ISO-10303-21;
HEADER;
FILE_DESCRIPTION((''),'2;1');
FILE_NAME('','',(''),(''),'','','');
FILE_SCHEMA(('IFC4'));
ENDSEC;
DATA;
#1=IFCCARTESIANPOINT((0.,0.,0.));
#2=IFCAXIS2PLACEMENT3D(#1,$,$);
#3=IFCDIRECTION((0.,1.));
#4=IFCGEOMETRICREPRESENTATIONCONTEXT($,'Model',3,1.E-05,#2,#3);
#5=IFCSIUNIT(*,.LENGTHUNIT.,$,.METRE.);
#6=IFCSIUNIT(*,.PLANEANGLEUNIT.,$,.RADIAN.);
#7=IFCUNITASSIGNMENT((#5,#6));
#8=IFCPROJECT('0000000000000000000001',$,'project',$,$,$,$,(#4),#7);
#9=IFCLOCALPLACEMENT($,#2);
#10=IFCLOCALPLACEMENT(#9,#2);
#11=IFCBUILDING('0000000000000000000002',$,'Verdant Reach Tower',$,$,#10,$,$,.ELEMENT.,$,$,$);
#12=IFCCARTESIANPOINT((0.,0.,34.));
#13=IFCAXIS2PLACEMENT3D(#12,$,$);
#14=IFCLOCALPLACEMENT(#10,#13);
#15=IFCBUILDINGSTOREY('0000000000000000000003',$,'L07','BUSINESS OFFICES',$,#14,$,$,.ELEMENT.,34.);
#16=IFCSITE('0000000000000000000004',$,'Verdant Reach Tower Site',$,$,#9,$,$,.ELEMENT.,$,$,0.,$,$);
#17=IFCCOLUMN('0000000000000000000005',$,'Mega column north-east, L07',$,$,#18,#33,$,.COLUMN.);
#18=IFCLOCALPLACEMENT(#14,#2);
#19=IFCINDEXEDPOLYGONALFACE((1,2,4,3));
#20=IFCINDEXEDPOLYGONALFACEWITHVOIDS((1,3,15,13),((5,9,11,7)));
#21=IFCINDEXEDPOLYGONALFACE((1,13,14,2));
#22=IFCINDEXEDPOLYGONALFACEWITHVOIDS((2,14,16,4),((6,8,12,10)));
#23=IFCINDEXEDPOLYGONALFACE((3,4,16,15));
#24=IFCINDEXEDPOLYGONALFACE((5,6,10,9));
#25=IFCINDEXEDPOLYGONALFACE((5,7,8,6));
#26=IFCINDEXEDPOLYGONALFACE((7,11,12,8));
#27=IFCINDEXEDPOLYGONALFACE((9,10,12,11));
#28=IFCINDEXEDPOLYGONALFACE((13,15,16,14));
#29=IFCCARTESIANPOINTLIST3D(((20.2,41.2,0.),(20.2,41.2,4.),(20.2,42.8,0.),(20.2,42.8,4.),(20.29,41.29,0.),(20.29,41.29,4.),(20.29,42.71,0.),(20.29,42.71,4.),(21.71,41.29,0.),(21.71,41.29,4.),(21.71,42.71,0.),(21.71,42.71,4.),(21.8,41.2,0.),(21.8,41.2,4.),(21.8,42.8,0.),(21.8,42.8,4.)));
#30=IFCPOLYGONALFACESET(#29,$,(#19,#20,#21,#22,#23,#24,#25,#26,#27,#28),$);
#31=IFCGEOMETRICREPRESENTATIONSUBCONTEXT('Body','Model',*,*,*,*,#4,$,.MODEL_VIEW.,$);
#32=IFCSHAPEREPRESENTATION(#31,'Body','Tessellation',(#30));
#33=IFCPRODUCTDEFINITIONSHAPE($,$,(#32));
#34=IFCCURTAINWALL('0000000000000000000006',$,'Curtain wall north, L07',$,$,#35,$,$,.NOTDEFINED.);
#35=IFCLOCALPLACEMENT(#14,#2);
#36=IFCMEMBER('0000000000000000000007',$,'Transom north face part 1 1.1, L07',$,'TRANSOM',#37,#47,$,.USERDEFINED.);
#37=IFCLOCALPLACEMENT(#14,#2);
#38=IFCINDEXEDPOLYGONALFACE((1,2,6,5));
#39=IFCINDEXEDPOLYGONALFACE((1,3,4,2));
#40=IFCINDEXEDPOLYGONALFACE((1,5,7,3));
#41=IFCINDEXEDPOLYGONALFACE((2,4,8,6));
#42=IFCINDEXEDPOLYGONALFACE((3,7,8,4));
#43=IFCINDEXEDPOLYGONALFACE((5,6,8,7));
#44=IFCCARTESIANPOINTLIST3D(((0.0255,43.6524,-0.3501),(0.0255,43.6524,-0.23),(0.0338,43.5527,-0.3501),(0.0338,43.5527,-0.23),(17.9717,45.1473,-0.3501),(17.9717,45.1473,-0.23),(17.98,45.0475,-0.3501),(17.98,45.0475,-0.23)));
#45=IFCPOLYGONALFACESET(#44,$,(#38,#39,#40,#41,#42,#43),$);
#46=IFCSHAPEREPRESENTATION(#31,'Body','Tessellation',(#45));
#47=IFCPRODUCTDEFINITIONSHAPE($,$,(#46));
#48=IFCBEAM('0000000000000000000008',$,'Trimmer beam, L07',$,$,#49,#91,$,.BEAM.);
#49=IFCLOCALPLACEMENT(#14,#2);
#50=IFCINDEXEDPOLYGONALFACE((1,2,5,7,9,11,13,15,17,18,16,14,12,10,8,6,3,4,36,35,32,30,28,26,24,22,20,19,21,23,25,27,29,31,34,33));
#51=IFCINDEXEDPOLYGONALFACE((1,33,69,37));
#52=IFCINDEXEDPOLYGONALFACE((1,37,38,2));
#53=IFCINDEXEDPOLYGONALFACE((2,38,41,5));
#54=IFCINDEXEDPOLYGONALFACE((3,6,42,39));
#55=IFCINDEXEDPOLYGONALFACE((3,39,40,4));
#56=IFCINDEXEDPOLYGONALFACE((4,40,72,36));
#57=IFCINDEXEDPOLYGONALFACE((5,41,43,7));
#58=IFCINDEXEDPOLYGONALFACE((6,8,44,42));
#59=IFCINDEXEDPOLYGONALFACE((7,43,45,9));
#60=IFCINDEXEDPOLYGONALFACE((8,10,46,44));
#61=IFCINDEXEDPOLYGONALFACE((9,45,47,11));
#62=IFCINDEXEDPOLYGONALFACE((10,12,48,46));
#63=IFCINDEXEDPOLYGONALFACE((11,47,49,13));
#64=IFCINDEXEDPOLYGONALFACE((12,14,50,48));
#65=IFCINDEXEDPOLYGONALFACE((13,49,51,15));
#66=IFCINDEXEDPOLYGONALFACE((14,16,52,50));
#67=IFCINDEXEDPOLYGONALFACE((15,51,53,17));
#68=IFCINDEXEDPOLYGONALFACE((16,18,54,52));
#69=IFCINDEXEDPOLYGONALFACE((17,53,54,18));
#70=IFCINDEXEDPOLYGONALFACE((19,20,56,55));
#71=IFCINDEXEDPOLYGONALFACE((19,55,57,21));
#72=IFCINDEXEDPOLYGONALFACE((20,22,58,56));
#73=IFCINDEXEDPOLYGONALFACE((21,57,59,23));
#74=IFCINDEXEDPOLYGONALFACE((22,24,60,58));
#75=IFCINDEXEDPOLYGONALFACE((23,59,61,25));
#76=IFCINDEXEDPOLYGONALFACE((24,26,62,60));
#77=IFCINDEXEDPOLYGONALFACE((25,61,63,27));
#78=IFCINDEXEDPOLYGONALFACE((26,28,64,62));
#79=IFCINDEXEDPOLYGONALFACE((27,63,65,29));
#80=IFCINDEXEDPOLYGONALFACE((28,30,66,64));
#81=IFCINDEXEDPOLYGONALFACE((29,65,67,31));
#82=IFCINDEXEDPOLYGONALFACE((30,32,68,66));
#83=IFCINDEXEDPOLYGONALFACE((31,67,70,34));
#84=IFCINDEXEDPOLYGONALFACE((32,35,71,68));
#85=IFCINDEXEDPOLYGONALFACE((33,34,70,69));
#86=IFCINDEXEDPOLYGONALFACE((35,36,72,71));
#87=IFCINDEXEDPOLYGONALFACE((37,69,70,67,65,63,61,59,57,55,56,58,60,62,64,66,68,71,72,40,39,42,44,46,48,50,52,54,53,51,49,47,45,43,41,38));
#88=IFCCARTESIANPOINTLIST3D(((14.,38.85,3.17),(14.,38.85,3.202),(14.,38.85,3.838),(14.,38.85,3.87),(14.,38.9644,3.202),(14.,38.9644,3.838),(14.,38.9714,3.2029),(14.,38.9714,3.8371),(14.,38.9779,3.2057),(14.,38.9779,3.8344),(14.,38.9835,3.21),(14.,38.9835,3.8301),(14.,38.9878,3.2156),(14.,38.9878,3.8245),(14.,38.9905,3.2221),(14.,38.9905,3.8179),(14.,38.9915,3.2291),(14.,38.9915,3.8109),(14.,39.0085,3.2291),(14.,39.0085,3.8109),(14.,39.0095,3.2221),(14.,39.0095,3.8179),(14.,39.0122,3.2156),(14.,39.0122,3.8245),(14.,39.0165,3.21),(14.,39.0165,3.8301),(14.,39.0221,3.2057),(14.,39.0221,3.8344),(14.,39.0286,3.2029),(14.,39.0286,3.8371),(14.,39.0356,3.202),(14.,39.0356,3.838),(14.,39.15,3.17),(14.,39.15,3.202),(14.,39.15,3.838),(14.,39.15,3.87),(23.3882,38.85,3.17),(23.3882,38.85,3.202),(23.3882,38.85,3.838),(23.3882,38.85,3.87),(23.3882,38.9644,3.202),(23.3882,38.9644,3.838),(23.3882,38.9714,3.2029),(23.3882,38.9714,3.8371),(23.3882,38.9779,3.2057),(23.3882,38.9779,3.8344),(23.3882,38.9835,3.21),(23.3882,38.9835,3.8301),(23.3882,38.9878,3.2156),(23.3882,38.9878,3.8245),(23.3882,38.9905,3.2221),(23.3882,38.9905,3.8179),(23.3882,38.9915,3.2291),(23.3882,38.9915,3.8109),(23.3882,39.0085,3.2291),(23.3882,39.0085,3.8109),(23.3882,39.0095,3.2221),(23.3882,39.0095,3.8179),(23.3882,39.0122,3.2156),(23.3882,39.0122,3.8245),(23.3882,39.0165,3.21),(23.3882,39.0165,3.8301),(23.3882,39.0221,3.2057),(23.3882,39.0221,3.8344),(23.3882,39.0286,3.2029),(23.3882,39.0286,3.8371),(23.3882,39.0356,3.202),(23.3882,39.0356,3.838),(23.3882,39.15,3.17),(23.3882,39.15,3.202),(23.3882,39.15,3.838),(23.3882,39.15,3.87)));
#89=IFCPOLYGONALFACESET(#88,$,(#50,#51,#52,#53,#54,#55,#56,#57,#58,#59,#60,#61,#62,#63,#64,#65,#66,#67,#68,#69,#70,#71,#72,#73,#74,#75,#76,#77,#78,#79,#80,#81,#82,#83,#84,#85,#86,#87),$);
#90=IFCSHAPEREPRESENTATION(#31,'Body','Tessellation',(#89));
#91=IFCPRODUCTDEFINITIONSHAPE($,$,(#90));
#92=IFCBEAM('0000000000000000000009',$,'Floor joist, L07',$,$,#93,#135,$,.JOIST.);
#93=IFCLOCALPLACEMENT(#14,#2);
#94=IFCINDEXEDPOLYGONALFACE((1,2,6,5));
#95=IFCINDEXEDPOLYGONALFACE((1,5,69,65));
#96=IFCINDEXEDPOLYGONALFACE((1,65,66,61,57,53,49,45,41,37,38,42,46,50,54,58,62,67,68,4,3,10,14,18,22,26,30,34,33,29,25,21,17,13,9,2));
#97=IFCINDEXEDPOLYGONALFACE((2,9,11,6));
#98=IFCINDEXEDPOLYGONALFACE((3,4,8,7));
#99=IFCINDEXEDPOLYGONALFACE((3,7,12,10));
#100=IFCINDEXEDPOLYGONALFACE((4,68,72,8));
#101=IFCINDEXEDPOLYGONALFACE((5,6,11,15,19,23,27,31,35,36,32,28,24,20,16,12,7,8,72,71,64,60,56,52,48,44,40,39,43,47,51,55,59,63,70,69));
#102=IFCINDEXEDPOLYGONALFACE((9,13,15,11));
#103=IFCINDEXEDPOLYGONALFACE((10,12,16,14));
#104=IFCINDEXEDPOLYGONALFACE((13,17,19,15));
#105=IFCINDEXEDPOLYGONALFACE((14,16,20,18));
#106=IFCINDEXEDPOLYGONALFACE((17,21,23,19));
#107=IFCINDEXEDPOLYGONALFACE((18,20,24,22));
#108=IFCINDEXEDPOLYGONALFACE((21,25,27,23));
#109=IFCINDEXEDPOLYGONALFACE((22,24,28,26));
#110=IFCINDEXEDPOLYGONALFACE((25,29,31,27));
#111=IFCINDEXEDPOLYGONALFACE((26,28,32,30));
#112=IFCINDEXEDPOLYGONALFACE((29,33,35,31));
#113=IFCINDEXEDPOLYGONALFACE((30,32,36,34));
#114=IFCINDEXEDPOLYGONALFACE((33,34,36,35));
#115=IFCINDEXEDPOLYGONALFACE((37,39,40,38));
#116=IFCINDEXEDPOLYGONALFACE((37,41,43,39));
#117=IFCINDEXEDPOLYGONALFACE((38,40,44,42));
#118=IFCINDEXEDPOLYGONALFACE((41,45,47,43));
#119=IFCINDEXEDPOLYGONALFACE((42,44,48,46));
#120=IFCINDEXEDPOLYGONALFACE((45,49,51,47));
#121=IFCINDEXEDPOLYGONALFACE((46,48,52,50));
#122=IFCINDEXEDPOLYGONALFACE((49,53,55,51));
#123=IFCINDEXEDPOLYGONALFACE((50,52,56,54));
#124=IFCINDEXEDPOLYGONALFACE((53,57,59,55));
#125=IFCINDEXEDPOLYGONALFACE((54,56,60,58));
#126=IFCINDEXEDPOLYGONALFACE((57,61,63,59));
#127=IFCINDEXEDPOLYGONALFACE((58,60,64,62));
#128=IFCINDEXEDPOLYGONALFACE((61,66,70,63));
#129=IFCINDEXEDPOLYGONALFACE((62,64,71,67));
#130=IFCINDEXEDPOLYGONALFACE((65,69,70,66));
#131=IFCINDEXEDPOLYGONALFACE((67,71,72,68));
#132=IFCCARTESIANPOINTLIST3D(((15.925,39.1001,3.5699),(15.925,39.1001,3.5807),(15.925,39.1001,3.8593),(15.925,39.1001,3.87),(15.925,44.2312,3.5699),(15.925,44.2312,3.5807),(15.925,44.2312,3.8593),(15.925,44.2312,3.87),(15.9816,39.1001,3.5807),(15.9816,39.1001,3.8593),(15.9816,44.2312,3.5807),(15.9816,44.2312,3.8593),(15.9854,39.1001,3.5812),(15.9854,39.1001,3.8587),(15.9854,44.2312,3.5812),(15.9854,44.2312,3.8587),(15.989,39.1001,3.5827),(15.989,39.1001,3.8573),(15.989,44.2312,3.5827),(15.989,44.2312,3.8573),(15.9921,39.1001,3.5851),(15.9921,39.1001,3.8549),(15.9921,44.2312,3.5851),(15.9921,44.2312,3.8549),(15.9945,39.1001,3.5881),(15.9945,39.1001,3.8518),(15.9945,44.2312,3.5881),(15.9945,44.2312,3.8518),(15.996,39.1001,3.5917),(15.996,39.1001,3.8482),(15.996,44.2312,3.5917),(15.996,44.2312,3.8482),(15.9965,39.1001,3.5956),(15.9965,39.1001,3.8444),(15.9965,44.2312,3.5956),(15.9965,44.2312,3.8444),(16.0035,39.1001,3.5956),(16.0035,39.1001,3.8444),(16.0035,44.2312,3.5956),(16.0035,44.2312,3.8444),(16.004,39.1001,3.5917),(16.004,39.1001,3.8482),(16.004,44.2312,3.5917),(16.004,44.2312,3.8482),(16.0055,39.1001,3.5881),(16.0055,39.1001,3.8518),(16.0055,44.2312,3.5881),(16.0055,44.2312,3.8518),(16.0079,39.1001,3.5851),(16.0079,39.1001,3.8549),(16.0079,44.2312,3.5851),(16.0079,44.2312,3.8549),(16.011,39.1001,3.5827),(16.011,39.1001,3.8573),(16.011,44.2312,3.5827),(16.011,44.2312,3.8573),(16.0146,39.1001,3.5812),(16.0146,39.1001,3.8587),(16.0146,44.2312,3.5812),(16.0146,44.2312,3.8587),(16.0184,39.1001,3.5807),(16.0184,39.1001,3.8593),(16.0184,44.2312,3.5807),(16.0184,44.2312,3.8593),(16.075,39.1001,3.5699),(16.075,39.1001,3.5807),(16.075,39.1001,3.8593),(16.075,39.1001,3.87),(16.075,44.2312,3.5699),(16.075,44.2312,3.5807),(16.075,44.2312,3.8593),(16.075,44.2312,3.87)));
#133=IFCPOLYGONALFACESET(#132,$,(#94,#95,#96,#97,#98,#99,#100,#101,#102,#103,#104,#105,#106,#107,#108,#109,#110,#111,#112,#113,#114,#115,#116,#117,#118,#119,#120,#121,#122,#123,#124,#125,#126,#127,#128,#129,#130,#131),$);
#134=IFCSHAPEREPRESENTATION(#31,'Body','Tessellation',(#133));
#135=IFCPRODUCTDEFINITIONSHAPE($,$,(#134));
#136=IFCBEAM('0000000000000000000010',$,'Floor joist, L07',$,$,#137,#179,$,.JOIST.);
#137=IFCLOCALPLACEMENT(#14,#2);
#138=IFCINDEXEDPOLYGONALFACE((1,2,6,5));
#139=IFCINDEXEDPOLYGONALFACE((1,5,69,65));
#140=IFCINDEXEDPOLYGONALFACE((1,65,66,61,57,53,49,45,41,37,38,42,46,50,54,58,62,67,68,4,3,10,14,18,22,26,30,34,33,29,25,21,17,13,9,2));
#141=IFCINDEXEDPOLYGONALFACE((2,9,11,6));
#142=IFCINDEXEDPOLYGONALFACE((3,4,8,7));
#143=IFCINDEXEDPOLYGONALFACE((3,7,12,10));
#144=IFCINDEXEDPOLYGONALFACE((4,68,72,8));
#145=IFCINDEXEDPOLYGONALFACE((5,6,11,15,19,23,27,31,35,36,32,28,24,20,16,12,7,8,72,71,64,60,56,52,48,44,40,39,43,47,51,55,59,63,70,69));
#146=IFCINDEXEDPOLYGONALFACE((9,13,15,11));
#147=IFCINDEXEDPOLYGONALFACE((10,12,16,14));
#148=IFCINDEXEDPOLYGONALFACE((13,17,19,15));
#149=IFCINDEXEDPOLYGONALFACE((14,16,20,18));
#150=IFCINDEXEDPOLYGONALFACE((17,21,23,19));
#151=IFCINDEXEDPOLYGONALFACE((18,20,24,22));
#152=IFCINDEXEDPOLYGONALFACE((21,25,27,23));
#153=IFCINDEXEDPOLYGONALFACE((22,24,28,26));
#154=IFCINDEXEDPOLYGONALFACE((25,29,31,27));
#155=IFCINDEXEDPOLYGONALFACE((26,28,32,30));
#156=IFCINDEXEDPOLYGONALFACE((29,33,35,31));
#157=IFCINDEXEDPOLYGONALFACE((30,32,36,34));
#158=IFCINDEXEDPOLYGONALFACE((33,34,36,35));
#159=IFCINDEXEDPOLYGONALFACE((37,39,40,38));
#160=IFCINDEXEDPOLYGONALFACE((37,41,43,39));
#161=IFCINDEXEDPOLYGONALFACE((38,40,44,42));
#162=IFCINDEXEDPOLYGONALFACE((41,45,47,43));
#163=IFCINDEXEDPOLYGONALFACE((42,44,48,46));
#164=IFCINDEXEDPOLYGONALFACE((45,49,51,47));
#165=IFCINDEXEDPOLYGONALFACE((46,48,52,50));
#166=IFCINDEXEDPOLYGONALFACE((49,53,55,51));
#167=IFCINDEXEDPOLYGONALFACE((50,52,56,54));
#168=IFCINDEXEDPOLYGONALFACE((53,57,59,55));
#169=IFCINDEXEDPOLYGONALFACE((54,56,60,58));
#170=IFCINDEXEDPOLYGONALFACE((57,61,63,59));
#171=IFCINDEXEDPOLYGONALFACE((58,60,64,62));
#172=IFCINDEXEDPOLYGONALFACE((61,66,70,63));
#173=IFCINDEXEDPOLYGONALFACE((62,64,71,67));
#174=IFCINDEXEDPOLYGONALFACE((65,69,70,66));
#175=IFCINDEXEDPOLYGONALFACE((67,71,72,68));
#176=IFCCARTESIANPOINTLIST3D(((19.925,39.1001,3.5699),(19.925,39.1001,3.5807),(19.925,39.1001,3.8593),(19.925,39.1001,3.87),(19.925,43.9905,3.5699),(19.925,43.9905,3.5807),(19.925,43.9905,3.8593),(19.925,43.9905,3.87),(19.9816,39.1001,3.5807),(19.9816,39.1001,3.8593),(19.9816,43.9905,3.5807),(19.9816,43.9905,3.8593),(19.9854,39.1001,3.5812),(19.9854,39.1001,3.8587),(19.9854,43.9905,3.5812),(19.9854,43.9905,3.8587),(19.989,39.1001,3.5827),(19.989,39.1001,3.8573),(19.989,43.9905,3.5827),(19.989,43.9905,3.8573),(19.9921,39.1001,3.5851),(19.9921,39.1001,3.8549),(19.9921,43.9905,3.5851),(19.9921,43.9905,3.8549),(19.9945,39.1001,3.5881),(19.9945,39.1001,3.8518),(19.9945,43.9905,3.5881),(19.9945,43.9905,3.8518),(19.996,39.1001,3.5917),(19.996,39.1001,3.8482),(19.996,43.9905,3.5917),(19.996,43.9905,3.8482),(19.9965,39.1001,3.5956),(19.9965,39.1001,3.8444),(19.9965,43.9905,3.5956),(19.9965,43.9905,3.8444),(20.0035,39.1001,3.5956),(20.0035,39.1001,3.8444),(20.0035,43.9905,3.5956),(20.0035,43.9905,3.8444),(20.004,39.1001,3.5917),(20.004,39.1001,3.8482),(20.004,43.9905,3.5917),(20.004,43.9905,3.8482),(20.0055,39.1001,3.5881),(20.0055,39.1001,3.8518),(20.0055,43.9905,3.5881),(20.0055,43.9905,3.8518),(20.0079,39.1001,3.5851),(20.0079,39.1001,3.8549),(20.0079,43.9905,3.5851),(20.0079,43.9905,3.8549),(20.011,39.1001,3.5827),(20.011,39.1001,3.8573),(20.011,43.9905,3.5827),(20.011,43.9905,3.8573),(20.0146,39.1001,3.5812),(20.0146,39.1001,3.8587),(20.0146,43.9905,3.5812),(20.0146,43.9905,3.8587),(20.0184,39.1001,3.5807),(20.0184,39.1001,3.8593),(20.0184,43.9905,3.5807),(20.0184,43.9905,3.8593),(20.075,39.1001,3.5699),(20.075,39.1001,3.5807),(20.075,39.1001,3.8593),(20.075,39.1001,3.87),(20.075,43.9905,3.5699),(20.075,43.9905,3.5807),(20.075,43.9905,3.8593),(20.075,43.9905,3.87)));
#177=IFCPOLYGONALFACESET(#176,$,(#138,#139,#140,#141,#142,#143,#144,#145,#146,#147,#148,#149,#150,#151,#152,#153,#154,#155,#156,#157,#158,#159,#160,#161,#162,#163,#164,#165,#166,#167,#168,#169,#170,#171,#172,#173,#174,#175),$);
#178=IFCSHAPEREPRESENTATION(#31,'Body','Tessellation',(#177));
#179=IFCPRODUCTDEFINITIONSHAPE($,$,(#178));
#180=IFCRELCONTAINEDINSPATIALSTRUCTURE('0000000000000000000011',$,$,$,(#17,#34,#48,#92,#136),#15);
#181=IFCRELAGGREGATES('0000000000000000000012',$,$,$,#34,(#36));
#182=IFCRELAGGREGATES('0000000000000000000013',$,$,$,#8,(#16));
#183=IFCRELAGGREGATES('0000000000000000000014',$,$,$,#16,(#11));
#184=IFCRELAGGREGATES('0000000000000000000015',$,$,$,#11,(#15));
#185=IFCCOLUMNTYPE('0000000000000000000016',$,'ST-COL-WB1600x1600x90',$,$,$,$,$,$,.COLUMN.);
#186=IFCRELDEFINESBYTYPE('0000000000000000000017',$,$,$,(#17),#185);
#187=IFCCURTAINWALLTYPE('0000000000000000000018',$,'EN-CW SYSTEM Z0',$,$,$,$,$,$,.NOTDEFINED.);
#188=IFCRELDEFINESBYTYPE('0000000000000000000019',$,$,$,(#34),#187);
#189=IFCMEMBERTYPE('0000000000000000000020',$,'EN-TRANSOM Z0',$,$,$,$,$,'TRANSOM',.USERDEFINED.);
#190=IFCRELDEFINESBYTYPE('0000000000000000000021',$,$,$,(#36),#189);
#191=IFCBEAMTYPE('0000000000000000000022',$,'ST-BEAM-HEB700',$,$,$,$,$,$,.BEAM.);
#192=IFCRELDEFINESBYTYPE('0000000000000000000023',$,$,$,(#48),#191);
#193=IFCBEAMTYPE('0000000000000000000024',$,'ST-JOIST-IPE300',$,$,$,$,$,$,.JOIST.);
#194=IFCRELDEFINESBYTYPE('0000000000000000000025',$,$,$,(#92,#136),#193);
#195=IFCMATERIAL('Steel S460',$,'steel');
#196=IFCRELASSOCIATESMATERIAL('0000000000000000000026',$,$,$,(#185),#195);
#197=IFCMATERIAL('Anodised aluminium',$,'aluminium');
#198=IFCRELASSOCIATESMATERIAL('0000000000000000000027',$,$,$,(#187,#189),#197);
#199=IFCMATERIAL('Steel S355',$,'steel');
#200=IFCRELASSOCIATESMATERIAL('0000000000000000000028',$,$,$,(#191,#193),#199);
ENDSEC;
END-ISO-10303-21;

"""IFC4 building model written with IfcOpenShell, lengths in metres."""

from ifc_helpers import new_model, si_unit, direction, frame, origin, origin_2d, place, context, subcontext, project, spatial, rectangle, hollow_rectangle, i_section, extrude, material, material_profile, profile_set, type_object, element, aggregate, save


model = new_model("IFC4")

# Units and contexts
model_context = context("Model", 3, precision=1e-05, world=origin(), true_north=direction((0.0, 1.0)))
body_context = subcontext(model_context, "Body", "Model", "MODEL_VIEW")
ifc_project = project(units=[si_unit("LENGTHUNIT", "METRE"), si_unit("PLANEANGLEUNIT", "RADIAN")], contexts=[model_context])

# Site, building, storey
site_placement = place(None, origin())
site = spatial("IfcSite", under=ifc_project, at=site_placement, Name="Verdant Reach Tower Site", CompositionType="ELEMENT", RefElevation=0.0)
building_placement = place(site_placement, origin())
building = spatial("IfcBuilding", under=site, at=building_placement, Name="Verdant Reach Tower", CompositionType="ELEMENT")
storey_placement = place(building_placement, frame((0.0, 0.0, 34.0)))
storey = spatial("IfcBuildingStorey", under=building, at=storey_placement, Name="L07", Description="BUSINESS OFFICES", CompositionType="ELEMENT", Elevation=34.0)

# Column
ifc_material_1 = material(Name="Steel S460", Category="steel")
ifc_material_profile_1 = material_profile(ifc_material_1, hollow_rectangle(XDim=1.6001, YDim=1.6001, WallThickness=0.0901, at=origin_2d()), Name="WB 1600x1600x90")
ifc_profile_set_1 = profile_set([ifc_material_profile_1], Name="Steel S460")
column_type = type_object("IfcColumnType", Name="ST-COL-WB1600x1600x90", PredefinedType="COLUMN", material=ifc_profile_set_1)
column_placement = place(storey_placement, frame((21.0, 42.0, 0.0), z_axis=(0.0, 0.0, 1.0), x_axis=(1.0, 0.0, 0.0)))
element("IfcColumn", 1, at=column_placement, inside=storey, type_object=column_type, Name="Mega column north-east, L07", PredefinedType="COLUMN", context=body_context, shape_type="SweptSolid", body=[
    extrude(hollow_rectangle(XDim=1.6001, YDim=1.6001, WallThickness=0.0901, at=origin_2d()), origin(), (0.0, 0.0, 1.0), 4.0),
])

# Curtain wall, member
ifc_material_2 = material(Name="Anodised aluminium", Category="aluminium")
curtain_wall_type = type_object("IfcCurtainWallType", Name="EN-CW SYSTEM Z0", PredefinedType="NOTDEFINED", material=ifc_material_2)
curtain_wall_1_placement = place(storey_placement, origin())
curtain_wall_1 = element("IfcCurtainWall", 2, at=curtain_wall_1_placement, inside=storey, type_object=curtain_wall_type, Name="Curtain wall north, L07", PredefinedType="NOTDEFINED")
ifc_material_profile_2 = material_profile(ifc_material_2, rectangle(XDim=0.1001, YDim=0.1201, at=origin_2d()), Name="Transom 120x100")
ifc_profile_set_2 = profile_set([ifc_material_profile_2], Name="Anodised aluminium")
member_type = type_object("IfcMemberType", Name="EN-TRANSOM Z0", ElementType="TRANSOM", PredefinedType="USERDEFINED", material=ifc_profile_set_2)
member_placement = place(storey_placement, frame((17.9758, 45.0974, -0.29), z_axis=(-0.996549, -0.083011, 0.0), x_axis=(0.083011, -0.996549, 0.0)))
member = element("IfcMember", 3, at=member_placement, type_object=member_type, Name="Transom north face part 1 1.1, L07", ObjectType="TRANSOM", PredefinedType="USERDEFINED", context=body_context, shape_type="SweptSolid", body=[
    extrude(rectangle(XDim=0.1001, YDim=0.1201, at=origin_2d()), origin(), (0.0, 0.0, 1.0), 18.0083),
])

# Beams
ifc_material_3 = material(Name="Steel S355", Category="steel")
ifc_material_profile_3 = material_profile(ifc_material_3, i_section(OverallWidth=0.3, OverallDepth=0.7, WebThickness=0.0171, FlangeThickness=0.032, FilletRadius=0.0271, at=origin_2d()), Name="HEB 700")
ifc_profile_set_3 = profile_set([ifc_material_profile_3], Name="Steel S355")
beam_type_1 = type_object("IfcBeamType", Name="ST-BEAM-HEB700", PredefinedType="BEAM", material=ifc_profile_set_3)
beam_1_placement = place(storey_placement, frame((14.0, 39.0, 3.52), z_axis=(1.0, 0.0, 0.0), x_axis=(0.0, 1.0, 0.0)))
element("IfcBeam", 4, at=beam_1_placement, inside=storey, type_object=beam_type_1, Name="Trimmer beam, L07", PredefinedType="BEAM", context=body_context, shape_type="SweptSolid", body=[
    extrude(i_section(OverallWidth=0.3, OverallDepth=0.7, WebThickness=0.0171, FlangeThickness=0.032, FilletRadius=0.0271, at=origin_2d()), origin(), (0.0, 0.0, 1.0), 9.3882),
])
ifc_material_profile_4 = material_profile(ifc_material_3, i_section(OverallWidth=0.1499, OverallDepth=0.3, WebThickness=0.0071, FlangeThickness=0.0107, FilletRadius=0.0149, at=origin_2d()), Name="IPE 300")
ifc_profile_set_4 = profile_set([ifc_material_profile_4], Name="Steel S355")
beam_type_2 = type_object("IfcBeamType", Name="ST-JOIST-IPE300", PredefinedType="JOIST", material=ifc_profile_set_4)
beam_2_placement = place(storey_placement, frame((16.0, 39.1001, 3.72), z_axis=(0.0, 1.0, 0.0), x_axis=(-1.0, 0.0, 0.0)))
element("IfcBeam", 5, at=beam_2_placement, inside=storey, type_object=beam_type_2, Name="Floor joist, L07", PredefinedType="JOIST", context=body_context, shape_type="SweptSolid", body=[
    extrude(i_section(OverallWidth=0.1499, OverallDepth=0.3, WebThickness=0.0071, FlangeThickness=0.0107, FilletRadius=0.0149, at=origin_2d()), origin(), (0.0, 0.0, 1.0), 5.1311),
])
beam_3_placement = place(storey_placement, frame((20.0, 39.1001, 3.72), z_axis=(0.0, 1.0, 0.0), x_axis=(-1.0, 0.0, 0.0)))
element("IfcBeam", 6, at=beam_3_placement, inside=storey, type_object=beam_type_2, Name="Floor joist, L07", PredefinedType="JOIST", context=body_context, shape_type="SweptSolid", body=[
    extrude(i_section(OverallWidth=0.1499, OverallDepth=0.3, WebThickness=0.0071, FlangeThickness=0.0107, FilletRadius=0.0149, at=origin_2d()), origin(), (0.0, 0.0, 1.0), 4.8904),
])

aggregate(curtain_wall_1, [member])

save(model, "model.ifc")
